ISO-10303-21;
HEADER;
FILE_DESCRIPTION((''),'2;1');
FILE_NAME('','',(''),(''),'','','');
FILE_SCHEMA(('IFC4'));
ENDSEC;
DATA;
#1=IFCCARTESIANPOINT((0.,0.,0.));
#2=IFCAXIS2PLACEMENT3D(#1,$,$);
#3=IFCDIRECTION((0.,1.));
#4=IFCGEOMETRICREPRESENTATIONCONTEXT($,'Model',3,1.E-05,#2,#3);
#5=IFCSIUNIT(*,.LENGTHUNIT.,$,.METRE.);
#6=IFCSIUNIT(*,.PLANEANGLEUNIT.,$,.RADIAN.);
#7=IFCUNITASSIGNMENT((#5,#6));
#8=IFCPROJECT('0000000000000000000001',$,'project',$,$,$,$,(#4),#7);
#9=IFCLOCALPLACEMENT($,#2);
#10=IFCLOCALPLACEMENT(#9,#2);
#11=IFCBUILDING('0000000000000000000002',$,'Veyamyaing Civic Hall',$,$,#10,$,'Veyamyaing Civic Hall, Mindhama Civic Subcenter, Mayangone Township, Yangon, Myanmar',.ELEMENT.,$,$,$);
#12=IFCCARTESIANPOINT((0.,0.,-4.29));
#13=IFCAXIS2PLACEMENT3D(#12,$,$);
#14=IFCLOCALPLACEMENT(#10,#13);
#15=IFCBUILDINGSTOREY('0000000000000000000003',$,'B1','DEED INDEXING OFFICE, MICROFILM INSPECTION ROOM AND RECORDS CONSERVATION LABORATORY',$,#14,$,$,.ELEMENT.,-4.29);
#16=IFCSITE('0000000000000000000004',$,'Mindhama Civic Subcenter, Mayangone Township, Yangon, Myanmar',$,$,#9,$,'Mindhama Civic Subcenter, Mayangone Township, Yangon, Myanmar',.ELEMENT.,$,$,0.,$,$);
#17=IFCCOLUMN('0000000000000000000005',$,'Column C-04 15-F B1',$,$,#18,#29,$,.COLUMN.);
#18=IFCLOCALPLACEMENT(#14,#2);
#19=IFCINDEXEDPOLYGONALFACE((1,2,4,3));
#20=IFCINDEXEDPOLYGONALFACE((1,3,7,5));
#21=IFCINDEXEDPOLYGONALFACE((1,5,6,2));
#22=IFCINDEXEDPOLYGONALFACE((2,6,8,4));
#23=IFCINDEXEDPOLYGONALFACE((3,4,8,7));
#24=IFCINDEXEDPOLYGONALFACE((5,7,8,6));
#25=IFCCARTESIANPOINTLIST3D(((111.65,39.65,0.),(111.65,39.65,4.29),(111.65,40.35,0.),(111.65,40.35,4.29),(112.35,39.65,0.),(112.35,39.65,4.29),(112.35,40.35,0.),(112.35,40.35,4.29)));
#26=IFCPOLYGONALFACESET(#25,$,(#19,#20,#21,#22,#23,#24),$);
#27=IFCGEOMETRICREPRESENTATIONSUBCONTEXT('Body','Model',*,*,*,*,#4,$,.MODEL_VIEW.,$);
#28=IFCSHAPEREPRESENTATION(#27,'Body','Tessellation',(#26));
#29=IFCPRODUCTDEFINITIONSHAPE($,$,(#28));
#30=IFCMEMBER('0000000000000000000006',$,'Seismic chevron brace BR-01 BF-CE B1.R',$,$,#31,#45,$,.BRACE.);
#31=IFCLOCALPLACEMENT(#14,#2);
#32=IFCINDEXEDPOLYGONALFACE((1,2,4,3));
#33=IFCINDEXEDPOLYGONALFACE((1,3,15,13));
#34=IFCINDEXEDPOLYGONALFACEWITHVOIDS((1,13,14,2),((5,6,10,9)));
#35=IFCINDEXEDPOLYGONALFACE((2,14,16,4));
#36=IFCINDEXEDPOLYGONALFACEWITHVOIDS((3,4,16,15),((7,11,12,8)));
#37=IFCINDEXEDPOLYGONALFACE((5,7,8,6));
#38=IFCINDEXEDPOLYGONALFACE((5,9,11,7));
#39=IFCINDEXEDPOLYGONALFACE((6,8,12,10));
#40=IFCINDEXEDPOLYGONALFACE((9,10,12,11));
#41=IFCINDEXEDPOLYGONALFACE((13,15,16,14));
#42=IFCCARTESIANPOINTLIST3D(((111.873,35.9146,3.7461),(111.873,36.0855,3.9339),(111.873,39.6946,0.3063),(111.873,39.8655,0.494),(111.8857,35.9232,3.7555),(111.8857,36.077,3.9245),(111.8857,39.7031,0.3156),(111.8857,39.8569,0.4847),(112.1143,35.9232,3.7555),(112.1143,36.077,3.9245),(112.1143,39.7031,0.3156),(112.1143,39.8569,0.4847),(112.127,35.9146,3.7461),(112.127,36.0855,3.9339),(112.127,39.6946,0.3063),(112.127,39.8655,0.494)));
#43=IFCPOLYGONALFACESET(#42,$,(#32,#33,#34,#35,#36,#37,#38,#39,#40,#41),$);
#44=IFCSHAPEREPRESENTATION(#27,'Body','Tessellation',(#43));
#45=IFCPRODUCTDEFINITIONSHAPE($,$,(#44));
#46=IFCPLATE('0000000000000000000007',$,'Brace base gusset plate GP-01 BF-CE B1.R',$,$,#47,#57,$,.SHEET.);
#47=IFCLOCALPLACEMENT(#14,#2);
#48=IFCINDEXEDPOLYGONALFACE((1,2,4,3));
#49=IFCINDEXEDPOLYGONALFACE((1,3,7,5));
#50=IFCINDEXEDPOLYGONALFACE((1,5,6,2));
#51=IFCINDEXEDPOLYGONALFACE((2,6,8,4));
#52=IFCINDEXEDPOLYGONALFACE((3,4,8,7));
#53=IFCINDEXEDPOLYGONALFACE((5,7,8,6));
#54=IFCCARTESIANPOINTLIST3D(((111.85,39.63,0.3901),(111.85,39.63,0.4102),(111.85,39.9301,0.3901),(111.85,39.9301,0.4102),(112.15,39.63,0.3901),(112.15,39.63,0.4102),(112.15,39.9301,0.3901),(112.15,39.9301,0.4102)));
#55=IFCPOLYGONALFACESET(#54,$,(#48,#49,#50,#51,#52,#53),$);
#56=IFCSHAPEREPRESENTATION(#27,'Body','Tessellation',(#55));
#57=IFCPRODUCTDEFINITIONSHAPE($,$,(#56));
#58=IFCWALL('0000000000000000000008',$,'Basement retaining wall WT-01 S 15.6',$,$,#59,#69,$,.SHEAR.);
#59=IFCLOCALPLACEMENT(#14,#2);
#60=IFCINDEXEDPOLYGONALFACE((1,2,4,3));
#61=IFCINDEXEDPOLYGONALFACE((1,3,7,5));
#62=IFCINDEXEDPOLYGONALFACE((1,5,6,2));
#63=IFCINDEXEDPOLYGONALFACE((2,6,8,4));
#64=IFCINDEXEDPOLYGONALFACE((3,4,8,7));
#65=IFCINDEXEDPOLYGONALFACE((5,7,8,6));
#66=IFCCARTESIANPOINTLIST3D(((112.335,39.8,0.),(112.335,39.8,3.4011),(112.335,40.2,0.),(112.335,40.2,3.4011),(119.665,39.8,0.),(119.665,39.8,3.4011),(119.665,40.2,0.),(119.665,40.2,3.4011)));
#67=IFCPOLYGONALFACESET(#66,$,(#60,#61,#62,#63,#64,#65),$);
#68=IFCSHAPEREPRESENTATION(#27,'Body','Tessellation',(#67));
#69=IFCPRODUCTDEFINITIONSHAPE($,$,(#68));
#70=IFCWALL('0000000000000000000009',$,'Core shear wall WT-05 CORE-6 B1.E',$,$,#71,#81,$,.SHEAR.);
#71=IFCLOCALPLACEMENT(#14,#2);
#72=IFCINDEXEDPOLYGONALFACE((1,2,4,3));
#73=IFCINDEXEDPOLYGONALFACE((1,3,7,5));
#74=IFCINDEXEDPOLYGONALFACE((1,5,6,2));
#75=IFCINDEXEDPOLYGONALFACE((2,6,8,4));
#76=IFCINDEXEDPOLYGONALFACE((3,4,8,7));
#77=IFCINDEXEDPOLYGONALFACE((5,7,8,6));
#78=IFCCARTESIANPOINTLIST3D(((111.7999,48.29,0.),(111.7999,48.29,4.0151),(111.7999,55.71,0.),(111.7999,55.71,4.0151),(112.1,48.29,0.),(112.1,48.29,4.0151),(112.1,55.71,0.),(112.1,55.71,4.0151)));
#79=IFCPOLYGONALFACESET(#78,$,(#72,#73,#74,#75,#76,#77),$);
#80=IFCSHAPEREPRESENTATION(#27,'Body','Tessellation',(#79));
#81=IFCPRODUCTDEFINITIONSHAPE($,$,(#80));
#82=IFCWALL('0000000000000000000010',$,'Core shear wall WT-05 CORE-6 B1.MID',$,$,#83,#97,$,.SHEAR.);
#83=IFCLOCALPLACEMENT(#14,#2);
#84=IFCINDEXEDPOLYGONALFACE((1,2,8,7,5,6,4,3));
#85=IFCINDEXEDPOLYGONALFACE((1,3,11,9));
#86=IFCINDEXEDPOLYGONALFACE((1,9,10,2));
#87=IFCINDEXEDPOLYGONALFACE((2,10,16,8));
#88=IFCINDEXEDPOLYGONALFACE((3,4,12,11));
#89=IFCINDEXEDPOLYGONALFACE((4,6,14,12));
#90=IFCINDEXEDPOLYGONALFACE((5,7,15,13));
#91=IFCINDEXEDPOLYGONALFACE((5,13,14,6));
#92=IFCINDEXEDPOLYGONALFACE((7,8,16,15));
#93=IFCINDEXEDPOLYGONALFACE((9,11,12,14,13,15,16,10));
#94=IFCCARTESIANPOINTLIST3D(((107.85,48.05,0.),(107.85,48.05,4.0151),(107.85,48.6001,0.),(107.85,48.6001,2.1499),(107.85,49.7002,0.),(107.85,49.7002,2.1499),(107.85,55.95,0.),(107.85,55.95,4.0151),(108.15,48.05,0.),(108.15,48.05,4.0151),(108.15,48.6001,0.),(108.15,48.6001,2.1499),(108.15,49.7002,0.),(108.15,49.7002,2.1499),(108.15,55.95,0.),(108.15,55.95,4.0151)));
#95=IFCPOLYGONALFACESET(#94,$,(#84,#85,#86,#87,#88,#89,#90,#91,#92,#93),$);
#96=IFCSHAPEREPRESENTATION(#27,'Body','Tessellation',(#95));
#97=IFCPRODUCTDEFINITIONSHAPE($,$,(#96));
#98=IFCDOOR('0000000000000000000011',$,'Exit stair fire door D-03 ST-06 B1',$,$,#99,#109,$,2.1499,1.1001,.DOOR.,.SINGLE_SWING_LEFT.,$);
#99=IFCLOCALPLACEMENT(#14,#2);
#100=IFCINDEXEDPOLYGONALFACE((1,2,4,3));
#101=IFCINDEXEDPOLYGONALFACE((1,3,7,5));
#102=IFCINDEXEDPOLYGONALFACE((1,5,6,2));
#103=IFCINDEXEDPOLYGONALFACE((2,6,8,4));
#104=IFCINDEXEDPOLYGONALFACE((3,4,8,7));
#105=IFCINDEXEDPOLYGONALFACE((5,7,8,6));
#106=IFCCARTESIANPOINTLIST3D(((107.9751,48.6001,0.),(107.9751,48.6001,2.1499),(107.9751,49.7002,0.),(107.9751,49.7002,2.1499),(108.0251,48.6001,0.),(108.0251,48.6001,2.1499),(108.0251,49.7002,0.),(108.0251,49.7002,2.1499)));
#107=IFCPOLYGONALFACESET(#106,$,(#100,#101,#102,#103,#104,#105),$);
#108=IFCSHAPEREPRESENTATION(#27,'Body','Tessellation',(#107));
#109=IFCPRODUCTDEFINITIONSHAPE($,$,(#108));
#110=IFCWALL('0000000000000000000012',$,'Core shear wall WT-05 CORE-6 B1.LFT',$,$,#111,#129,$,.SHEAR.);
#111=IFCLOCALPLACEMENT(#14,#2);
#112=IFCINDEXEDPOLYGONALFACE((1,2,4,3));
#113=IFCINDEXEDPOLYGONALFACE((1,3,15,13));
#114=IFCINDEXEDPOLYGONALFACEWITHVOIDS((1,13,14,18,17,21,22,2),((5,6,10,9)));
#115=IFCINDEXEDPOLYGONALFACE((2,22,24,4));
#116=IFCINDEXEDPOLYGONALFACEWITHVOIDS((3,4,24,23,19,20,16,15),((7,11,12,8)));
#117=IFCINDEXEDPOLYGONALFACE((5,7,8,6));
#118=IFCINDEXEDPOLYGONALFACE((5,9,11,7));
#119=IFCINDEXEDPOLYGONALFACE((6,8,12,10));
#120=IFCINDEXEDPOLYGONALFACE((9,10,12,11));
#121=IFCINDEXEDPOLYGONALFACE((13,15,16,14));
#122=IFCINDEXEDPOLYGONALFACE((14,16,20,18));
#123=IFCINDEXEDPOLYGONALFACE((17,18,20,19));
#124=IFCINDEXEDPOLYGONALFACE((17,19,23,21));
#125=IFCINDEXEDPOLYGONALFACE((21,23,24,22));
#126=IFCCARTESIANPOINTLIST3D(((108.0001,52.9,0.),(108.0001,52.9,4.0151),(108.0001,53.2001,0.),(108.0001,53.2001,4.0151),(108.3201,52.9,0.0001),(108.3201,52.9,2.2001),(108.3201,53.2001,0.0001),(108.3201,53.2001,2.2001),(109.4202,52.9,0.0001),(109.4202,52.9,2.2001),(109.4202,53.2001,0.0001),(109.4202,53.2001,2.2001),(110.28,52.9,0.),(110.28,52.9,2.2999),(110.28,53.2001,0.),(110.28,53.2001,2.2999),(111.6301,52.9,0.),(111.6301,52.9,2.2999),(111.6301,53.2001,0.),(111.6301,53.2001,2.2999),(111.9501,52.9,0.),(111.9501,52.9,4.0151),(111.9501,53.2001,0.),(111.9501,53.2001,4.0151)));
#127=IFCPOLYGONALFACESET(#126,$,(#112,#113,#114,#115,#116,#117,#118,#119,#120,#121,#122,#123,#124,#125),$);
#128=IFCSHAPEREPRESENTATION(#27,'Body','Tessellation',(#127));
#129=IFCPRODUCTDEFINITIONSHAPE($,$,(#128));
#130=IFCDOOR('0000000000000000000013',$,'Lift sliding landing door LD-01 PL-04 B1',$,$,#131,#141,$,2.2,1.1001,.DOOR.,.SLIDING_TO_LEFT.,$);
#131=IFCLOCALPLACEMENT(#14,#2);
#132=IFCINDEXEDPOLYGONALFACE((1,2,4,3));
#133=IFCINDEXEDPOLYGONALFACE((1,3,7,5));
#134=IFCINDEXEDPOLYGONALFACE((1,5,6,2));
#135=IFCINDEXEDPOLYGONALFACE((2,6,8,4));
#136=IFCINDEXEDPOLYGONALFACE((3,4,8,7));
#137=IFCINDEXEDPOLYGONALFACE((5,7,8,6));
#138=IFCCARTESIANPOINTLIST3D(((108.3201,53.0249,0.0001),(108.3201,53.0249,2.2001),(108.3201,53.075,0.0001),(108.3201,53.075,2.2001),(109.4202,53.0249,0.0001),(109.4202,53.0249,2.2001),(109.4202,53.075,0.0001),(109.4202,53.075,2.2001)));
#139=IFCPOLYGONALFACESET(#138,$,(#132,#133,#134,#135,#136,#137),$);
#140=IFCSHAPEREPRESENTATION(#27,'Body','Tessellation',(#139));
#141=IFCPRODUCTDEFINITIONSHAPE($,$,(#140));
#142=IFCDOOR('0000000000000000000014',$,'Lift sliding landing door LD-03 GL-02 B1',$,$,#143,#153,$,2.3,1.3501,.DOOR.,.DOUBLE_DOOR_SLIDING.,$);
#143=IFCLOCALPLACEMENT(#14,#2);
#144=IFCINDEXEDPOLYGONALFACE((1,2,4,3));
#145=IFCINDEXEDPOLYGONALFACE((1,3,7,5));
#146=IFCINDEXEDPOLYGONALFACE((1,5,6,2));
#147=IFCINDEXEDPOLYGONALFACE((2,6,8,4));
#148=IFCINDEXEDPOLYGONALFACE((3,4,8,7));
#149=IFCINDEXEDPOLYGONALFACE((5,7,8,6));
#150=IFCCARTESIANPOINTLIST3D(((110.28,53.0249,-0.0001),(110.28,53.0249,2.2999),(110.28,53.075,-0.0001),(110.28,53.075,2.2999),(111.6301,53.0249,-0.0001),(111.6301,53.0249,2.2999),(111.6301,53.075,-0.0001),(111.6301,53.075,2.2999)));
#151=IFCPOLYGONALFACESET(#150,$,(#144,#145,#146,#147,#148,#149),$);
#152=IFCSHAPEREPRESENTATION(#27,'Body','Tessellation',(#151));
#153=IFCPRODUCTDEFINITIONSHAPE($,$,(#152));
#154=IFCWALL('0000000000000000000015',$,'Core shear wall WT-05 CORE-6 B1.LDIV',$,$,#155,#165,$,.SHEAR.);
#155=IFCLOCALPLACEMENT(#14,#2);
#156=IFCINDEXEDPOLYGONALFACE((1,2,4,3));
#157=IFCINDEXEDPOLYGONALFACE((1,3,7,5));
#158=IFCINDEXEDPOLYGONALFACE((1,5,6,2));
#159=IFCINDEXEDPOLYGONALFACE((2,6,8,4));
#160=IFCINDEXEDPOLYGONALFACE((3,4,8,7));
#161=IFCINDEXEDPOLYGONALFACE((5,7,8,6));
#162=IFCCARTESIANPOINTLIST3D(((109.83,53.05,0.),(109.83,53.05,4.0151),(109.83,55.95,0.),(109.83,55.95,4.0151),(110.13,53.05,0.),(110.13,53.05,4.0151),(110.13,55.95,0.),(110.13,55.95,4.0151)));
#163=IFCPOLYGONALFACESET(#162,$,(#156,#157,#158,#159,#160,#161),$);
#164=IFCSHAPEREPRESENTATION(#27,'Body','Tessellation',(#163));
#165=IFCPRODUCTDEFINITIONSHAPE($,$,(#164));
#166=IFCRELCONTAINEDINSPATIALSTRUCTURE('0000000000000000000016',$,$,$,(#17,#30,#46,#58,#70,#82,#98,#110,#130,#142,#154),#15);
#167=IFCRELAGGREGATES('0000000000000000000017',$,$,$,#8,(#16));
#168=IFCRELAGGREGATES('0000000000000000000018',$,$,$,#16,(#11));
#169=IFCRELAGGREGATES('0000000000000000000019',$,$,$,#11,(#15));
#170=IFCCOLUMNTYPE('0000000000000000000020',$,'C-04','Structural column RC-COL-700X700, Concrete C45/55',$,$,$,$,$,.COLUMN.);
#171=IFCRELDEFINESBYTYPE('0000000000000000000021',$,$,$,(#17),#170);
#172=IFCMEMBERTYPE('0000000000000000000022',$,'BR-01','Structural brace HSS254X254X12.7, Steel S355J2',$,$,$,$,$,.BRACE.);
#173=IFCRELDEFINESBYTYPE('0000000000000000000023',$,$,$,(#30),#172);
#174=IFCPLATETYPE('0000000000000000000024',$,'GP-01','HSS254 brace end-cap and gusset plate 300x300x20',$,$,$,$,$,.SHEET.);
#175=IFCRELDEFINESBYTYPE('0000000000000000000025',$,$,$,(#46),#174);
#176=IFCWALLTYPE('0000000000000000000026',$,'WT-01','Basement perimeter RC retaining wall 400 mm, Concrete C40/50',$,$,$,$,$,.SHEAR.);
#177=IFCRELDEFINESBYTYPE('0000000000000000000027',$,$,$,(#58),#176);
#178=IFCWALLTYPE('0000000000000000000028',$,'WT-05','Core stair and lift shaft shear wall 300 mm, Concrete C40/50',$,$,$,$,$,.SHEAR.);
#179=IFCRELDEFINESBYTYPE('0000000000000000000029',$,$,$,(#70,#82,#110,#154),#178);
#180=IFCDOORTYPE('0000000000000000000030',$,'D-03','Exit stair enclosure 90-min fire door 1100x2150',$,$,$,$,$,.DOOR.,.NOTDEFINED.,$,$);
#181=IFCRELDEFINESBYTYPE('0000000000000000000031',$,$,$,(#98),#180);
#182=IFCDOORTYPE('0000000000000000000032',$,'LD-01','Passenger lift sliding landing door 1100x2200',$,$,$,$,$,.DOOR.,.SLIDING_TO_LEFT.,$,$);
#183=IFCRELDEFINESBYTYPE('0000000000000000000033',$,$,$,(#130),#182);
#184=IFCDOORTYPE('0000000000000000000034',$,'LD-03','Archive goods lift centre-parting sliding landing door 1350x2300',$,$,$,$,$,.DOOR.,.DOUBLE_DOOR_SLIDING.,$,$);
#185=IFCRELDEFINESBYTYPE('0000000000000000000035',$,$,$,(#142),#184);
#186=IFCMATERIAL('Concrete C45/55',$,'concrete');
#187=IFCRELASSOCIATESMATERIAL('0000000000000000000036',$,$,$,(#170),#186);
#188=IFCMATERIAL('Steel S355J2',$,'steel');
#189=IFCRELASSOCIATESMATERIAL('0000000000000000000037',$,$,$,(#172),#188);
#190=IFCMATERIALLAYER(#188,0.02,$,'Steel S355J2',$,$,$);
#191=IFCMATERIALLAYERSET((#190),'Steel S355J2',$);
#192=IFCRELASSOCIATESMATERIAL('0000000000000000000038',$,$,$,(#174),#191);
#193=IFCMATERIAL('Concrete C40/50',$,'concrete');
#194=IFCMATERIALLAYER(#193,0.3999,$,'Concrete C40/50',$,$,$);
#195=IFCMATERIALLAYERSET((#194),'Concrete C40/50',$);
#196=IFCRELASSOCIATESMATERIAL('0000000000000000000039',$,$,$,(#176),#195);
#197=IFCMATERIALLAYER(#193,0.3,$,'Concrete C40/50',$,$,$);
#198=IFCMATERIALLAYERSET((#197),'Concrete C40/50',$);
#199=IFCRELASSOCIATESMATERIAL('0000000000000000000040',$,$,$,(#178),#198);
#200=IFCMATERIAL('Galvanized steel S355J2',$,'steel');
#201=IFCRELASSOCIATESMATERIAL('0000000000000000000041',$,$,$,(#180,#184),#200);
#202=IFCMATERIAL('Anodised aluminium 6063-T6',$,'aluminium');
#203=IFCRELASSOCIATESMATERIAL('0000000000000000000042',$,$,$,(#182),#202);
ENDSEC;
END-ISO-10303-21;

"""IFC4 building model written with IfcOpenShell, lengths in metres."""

from ifc_helpers import new_model, si_unit, direction, frame, frame_2d, origin, origin_2d, place, context, subcontext, project, spatial, rectangle, hollow_rectangle, extrude, material, layer, layer_set, material_profile, profile_set, type_object, element, fill, save


model = new_model("IFC4")

# Units and contexts
model_context = context("Model", 3, precision=1e-05, world=origin(), true_north=direction((0.0, 1.0)))
body_context = subcontext(model_context, "Body", "Model", "MODEL_VIEW")
ifc_project = project(units=[si_unit("LENGTHUNIT", "METRE"), si_unit("PLANEANGLEUNIT", "RADIAN")], contexts=[model_context])

# Site, building, storey
site_placement = place(None, origin())
site = spatial("IfcSite", under=ifc_project, at=site_placement, Name="Mindhama Civic Subcenter, Mayangone Township, Yangon, Myanmar", LongName="Mindhama Civic Subcenter, Mayangone Township, Yangon, Myanmar", CompositionType="ELEMENT", RefElevation=0.0)
building_placement = place(site_placement, origin())
building = spatial("IfcBuilding", under=site, at=building_placement, Name="Veyamyaing Civic Hall", LongName="Veyamyaing Civic Hall, Mindhama Civic Subcenter, Mayangone Township, Yangon, Myanmar", CompositionType="ELEMENT")
storey_placement = place(building_placement, frame((0.0, 0.0, -4.29)))
storey = spatial("IfcBuildingStorey", under=building, at=storey_placement, Name="B1", Description="DEED INDEXING OFFICE, MICROFILM INSPECTION ROOM AND RECORDS CONSERVATION LABORATORY", CompositionType="ELEMENT", Elevation=-4.29)

# Shared definitions
ifc_material_1 = material(Name="Concrete C40/50", Category="concrete")

# Column
ifc_material_2 = material(Name="Concrete C45/55", Category="concrete")
ifc_material_profile_1 = material_profile(ifc_material_2, rectangle(XDim=0.7, YDim=0.7, at=origin_2d()), Name="RC-COL-700X700")
ifc_profile_set_1 = profile_set([ifc_material_profile_1], Name="Concrete C45/55")
column_type_1 = type_object("IfcColumnType", Name="C-04", Description="Structural column RC-COL-700X700, Concrete C45/55", PredefinedType="COLUMN", material=ifc_profile_set_1)
column_placement = place(storey_placement, frame((112.0, 40.0, 0.0), z_axis=(0.0, 0.0, 1.0), x_axis=(1.0, 0.0, 0.0)))
element("IfcColumn", 1, at=column_placement, inside=storey, type_object=column_type_1, Name="Column C-04 15-F B1", PredefinedType="COLUMN", context=body_context, shape_type="SweptSolid", body=[
    extrude(rectangle(XDim=0.7, YDim=0.7, at=origin_2d()), origin(), (0.0, 0.0, 1.0), 4.29),
])

# Member
ifc_material_3 = material(Name="Steel S355J2", Category="steel")
ifc_material_profile_2 = material_profile(ifc_material_3, hollow_rectangle(XDim=0.2539, YDim=0.2539, WallThickness=0.0127, at=origin_2d()), Name="HSS254X254X12.7")
ifc_profile_set_2 = profile_set([ifc_material_profile_2], Name="Steel S355J2")
member_type = type_object("IfcMemberType", Name="BR-01", Description="Structural brace HSS254X254X12.7, Steel S355J2", PredefinedType="BRACE", material=ifc_profile_set_2)
member_placement = place(storey_placement, frame((112.0, 39.78, 0.4001), z_axis=(0.0, -0.739594, 0.673053), x_axis=(1.0, 0.0, 0.0)))
element("IfcMember", 2, at=member_placement, inside=storey, type_object=member_type, Name="Seismic chevron brace BR-01 BF-CE B1.R", PredefinedType="BRACE", context=body_context, shape_type="SweptSolid", body=[
    extrude(hollow_rectangle(XDim=0.2539, YDim=0.2539, WallThickness=0.0127, at=origin_2d()), origin(), (0.0, 0.0, 1.0), 5.1108),
])

# Plate
ifc_layer_1 = layer(ifc_material_3, 0.02, Name="Steel S355J2")
ifc_layer_set_1 = layer_set([ifc_layer_1], Name="Steel S355J2")
plate_type = type_object("IfcPlateType", Name="GP-01", Description="HSS254 brace end-cap and gusset plate 300x300x20", PredefinedType="SHEET", material=ifc_layer_set_1)
plate_placement = place(storey_placement, frame((112.0, 39.78, 0.3901), z_axis=(0.0, 0.0, 1.0), x_axis=(1.0, 0.0, 0.0)))
element("IfcPlate", 3, at=plate_placement, inside=storey, type_object=plate_type, Name="Brace base gusset plate GP-01 BF-CE B1.R", PredefinedType="SHEET", context=body_context, shape_type="SweptSolid", body=[
    extrude(rectangle(XDim=0.3, YDim=0.3, at=origin_2d()), origin(), (0.0, 0.0, 1.0), 0.02),
])

# Walls
ifc_layer_2 = layer(ifc_material_1, 0.3999, Name="Concrete C40/50")
ifc_layer_set_2 = layer_set([ifc_layer_2], Name="Concrete C40/50")
wall_type_1 = type_object("IfcWallType", Name="WT-01", Description="Basement perimeter RC retaining wall 400 mm, Concrete C40/50", PredefinedType="SHEAR", material=ifc_layer_set_2)
wall_1_placement = place(storey_placement, frame((112.335, 40.0, 0.0), z_axis=(0.0, 0.0, 1.0), x_axis=(1.0, 0.0, 0.0)))
element("IfcWall", 4, at=wall_1_placement, inside=storey, type_object=wall_type_1, Name="Basement retaining wall WT-01 S 15.6", PredefinedType="SHEAR", context=body_context, shape_type="SweptSolid", body=[
    extrude(rectangle(XDim=7.3301, YDim=0.3999, at=frame_2d((3.665, 0.0))), origin(), (0.0, 0.0, 1.0), 3.4011),
])
ifc_layer_3 = layer(ifc_material_1, 0.3, Name="Concrete C40/50")
ifc_layer_set_3 = layer_set([ifc_layer_3], Name="Concrete C40/50")
wall_type_2 = type_object("IfcWallType", Name="WT-05", Description="Core stair and lift shaft shear wall 300 mm, Concrete C40/50", PredefinedType="SHEAR", material=ifc_layer_set_3)
wall_2_placement = place(storey_placement, frame((111.95, 48.29, 0.0), z_axis=(0.0, 0.0, 1.0), x_axis=(0.0, 1.0, 0.0)))
element("IfcWall", 5, at=wall_2_placement, inside=storey, type_object=wall_type_2, Name="Core shear wall WT-05 CORE-6 B1.E", PredefinedType="SHEAR", context=body_context, shape_type="SweptSolid", body=[
    extrude(rectangle(XDim=7.4199, YDim=0.3, at=frame_2d((3.71, 0.0))), origin(), (0.0, 0.0, 1.0), 4.0151),
])

# Wall, opening, door
wall_3_placement = place(storey_placement, frame((108.0, 48.05, 0.0), z_axis=(0.0, 0.0, 1.0), x_axis=(0.0, 1.0, 0.0)))
wall_3 = element("IfcWall", 6, at=wall_3_placement, inside=storey, type_object=wall_type_2, Name="Core shear wall WT-05 CORE-6 B1.MID", PredefinedType="SHEAR", context=body_context, shape_type="SweptSolid", body=[
    extrude(rectangle(XDim=7.8999, YDim=0.3, at=frame_2d((3.95, 0.0))), origin(), (0.0, 0.0, 1.0), 4.0151),
])
opening_1_placement = place(wall_3_placement, frame((0.55, 0.0, 0.0)))
opening_1 = element("IfcOpeningElement", 7, at=opening_1_placement, cuts=wall_3, PredefinedType="OPENING", context=body_context, shape_type="SweptSolid", body=[
    extrude(rectangle(XDim=1.1001, YDim=2.1499, at=frame_2d((0.55, 1.075))), frame((0.0, 0.1599, 0.0), z_axis=(0.0, -1.0, 0.0), x_axis=(1.0, 0.0, 0.0)), (0.0, 0.0, 1.0), 0.3201),
])
ifc_material_4 = material(Name="Galvanized steel S355J2", Category="steel")
door_type_1 = type_object("IfcDoorType", Name="D-03", Description="Exit stair enclosure 90-min fire door 1100x2150", OperationType="NOTDEFINED", PredefinedType="DOOR", material=ifc_material_4)
door_1_placement = place(opening_1_placement, origin())
door_1 = element("IfcDoor", 8, at=door_1_placement, inside=storey, type_object=door_type_1, Name="Exit stair fire door D-03 ST-06 B1", OperationType="SINGLE_SWING_LEFT", OverallHeight=2.1499, OverallWidth=1.1001, PredefinedType="DOOR", context=body_context, shape_type="SweptSolid", body=[
    extrude(rectangle(XDim=1.1001, YDim=2.1499, at=frame_2d((0.55, 1.075))), frame((0.0, 0.0249, 0.0), z_axis=(0.0, -1.0, 0.0), x_axis=(1.0, 0.0, 0.0)), (0.0, 0.0, 1.0), 0.05),
])
fill(opening_1, door_1)

# Wall, openings, doors
wall_4_placement = place(storey_placement, frame((108.0, 53.05, 0.0), z_axis=(0.0, 0.0, 1.0), x_axis=(1.0, 0.0, 0.0)))
wall_4 = element("IfcWall", 9, at=wall_4_placement, inside=storey, type_object=wall_type_2, Name="Core shear wall WT-05 CORE-6 B1.LFT", PredefinedType="SHEAR", context=body_context, shape_type="SweptSolid", body=[
    extrude(rectangle(XDim=3.95, YDim=0.3, at=frame_2d((1.9751, 0.0))), origin(), (0.0, 0.0, 1.0), 4.0151),
])
opening_2_placement = place(wall_4_placement, frame((0.3201, 0.0, 0.0)))
opening_2 = element("IfcOpeningElement", 10, at=opening_2_placement, cuts=wall_4, PredefinedType="OPENING", context=body_context, shape_type="SweptSolid", body=[
    extrude(rectangle(XDim=1.1001, YDim=2.2, at=frame_2d((0.55, 1.1001))), frame((0.0, 0.1599, 0.0), z_axis=(0.0, -1.0, 0.0), x_axis=(1.0, 0.0, 0.0)), (0.0, 0.0, 1.0), 0.3201),
])
opening_3_placement = place(wall_4_placement, frame((2.28, 0.0, 0.0)))
opening_3 = element("IfcOpeningElement", 11, at=opening_3_placement, cuts=wall_4, PredefinedType="OPENING", context=body_context, shape_type="SweptSolid", body=[
    extrude(rectangle(XDim=1.3501, YDim=2.3, at=frame_2d((0.675, 1.1499))), frame((0.0, 0.1599, 0.0), z_axis=(0.0, -1.0, 0.0), x_axis=(1.0, 0.0, 0.0)), (0.0, 0.0, 1.0), 0.3201),
])
ifc_material_5 = material(Name="Anodised aluminium 6063-T6", Category="aluminium")
door_type_2 = type_object("IfcDoorType", Name="LD-01", Description="Passenger lift sliding landing door 1100x2200", OperationType="SLIDING_TO_LEFT", PredefinedType="DOOR", material=ifc_material_5)
door_2_placement = place(opening_2_placement, origin())
door_2 = element("IfcDoor", 12, at=door_2_placement, inside=storey, type_object=door_type_2, Name="Lift sliding landing door LD-01 PL-04 B1", OperationType="SLIDING_TO_LEFT", OverallHeight=2.2, OverallWidth=1.1001, PredefinedType="DOOR", context=body_context, shape_type="SweptSolid", body=[
    extrude(rectangle(XDim=1.1001, YDim=2.2, at=frame_2d((0.55, 1.1001))), frame((0.0, 0.0249, 0.0), z_axis=(0.0, -1.0, 0.0), x_axis=(1.0, 0.0, 0.0)), (0.0, 0.0, 1.0), 0.05),
])
fill(opening_2, door_2)
door_type_3 = type_object("IfcDoorType", Name="LD-03", Description="Archive goods lift centre-parting sliding landing door 1350x2300", OperationType="DOUBLE_DOOR_SLIDING", PredefinedType="DOOR", material=ifc_material_4)
door_3_placement = place(opening_3_placement, origin())
door_3 = element("IfcDoor", 13, at=door_3_placement, inside=storey, type_object=door_type_3, Name="Lift sliding landing door LD-03 GL-02 B1", OperationType="DOUBLE_DOOR_SLIDING", OverallHeight=2.3, OverallWidth=1.3501, PredefinedType="DOOR", context=body_context, shape_type="SweptSolid", body=[
    extrude(rectangle(XDim=1.3501, YDim=2.3, at=frame_2d((0.675, 1.1499))), frame((0.0, 0.0249, 0.0), z_axis=(0.0, -1.0, 0.0), x_axis=(1.0, 0.0, 0.0)), (0.0, 0.0, 1.0), 0.05),
])
fill(opening_3, door_3)

# Wall
wall_5_placement = place(storey_placement, frame((109.98, 53.05, 0.0), z_axis=(0.0, 0.0, 1.0), x_axis=(0.0, 1.0, 0.0)))
element("IfcWall", 14, at=wall_5_placement, inside=storey, type_object=wall_type_2, Name="Core shear wall WT-05 CORE-6 B1.LDIV", PredefinedType="SHEAR", context=body_context, shape_type="SweptSolid", body=[
    extrude(rectangle(XDim=2.8999, YDim=0.3, at=frame_2d((1.45, 0.0))), origin(), (0.0, 0.0, 1.0), 4.0151),
])

save(model, "model.ifc")
